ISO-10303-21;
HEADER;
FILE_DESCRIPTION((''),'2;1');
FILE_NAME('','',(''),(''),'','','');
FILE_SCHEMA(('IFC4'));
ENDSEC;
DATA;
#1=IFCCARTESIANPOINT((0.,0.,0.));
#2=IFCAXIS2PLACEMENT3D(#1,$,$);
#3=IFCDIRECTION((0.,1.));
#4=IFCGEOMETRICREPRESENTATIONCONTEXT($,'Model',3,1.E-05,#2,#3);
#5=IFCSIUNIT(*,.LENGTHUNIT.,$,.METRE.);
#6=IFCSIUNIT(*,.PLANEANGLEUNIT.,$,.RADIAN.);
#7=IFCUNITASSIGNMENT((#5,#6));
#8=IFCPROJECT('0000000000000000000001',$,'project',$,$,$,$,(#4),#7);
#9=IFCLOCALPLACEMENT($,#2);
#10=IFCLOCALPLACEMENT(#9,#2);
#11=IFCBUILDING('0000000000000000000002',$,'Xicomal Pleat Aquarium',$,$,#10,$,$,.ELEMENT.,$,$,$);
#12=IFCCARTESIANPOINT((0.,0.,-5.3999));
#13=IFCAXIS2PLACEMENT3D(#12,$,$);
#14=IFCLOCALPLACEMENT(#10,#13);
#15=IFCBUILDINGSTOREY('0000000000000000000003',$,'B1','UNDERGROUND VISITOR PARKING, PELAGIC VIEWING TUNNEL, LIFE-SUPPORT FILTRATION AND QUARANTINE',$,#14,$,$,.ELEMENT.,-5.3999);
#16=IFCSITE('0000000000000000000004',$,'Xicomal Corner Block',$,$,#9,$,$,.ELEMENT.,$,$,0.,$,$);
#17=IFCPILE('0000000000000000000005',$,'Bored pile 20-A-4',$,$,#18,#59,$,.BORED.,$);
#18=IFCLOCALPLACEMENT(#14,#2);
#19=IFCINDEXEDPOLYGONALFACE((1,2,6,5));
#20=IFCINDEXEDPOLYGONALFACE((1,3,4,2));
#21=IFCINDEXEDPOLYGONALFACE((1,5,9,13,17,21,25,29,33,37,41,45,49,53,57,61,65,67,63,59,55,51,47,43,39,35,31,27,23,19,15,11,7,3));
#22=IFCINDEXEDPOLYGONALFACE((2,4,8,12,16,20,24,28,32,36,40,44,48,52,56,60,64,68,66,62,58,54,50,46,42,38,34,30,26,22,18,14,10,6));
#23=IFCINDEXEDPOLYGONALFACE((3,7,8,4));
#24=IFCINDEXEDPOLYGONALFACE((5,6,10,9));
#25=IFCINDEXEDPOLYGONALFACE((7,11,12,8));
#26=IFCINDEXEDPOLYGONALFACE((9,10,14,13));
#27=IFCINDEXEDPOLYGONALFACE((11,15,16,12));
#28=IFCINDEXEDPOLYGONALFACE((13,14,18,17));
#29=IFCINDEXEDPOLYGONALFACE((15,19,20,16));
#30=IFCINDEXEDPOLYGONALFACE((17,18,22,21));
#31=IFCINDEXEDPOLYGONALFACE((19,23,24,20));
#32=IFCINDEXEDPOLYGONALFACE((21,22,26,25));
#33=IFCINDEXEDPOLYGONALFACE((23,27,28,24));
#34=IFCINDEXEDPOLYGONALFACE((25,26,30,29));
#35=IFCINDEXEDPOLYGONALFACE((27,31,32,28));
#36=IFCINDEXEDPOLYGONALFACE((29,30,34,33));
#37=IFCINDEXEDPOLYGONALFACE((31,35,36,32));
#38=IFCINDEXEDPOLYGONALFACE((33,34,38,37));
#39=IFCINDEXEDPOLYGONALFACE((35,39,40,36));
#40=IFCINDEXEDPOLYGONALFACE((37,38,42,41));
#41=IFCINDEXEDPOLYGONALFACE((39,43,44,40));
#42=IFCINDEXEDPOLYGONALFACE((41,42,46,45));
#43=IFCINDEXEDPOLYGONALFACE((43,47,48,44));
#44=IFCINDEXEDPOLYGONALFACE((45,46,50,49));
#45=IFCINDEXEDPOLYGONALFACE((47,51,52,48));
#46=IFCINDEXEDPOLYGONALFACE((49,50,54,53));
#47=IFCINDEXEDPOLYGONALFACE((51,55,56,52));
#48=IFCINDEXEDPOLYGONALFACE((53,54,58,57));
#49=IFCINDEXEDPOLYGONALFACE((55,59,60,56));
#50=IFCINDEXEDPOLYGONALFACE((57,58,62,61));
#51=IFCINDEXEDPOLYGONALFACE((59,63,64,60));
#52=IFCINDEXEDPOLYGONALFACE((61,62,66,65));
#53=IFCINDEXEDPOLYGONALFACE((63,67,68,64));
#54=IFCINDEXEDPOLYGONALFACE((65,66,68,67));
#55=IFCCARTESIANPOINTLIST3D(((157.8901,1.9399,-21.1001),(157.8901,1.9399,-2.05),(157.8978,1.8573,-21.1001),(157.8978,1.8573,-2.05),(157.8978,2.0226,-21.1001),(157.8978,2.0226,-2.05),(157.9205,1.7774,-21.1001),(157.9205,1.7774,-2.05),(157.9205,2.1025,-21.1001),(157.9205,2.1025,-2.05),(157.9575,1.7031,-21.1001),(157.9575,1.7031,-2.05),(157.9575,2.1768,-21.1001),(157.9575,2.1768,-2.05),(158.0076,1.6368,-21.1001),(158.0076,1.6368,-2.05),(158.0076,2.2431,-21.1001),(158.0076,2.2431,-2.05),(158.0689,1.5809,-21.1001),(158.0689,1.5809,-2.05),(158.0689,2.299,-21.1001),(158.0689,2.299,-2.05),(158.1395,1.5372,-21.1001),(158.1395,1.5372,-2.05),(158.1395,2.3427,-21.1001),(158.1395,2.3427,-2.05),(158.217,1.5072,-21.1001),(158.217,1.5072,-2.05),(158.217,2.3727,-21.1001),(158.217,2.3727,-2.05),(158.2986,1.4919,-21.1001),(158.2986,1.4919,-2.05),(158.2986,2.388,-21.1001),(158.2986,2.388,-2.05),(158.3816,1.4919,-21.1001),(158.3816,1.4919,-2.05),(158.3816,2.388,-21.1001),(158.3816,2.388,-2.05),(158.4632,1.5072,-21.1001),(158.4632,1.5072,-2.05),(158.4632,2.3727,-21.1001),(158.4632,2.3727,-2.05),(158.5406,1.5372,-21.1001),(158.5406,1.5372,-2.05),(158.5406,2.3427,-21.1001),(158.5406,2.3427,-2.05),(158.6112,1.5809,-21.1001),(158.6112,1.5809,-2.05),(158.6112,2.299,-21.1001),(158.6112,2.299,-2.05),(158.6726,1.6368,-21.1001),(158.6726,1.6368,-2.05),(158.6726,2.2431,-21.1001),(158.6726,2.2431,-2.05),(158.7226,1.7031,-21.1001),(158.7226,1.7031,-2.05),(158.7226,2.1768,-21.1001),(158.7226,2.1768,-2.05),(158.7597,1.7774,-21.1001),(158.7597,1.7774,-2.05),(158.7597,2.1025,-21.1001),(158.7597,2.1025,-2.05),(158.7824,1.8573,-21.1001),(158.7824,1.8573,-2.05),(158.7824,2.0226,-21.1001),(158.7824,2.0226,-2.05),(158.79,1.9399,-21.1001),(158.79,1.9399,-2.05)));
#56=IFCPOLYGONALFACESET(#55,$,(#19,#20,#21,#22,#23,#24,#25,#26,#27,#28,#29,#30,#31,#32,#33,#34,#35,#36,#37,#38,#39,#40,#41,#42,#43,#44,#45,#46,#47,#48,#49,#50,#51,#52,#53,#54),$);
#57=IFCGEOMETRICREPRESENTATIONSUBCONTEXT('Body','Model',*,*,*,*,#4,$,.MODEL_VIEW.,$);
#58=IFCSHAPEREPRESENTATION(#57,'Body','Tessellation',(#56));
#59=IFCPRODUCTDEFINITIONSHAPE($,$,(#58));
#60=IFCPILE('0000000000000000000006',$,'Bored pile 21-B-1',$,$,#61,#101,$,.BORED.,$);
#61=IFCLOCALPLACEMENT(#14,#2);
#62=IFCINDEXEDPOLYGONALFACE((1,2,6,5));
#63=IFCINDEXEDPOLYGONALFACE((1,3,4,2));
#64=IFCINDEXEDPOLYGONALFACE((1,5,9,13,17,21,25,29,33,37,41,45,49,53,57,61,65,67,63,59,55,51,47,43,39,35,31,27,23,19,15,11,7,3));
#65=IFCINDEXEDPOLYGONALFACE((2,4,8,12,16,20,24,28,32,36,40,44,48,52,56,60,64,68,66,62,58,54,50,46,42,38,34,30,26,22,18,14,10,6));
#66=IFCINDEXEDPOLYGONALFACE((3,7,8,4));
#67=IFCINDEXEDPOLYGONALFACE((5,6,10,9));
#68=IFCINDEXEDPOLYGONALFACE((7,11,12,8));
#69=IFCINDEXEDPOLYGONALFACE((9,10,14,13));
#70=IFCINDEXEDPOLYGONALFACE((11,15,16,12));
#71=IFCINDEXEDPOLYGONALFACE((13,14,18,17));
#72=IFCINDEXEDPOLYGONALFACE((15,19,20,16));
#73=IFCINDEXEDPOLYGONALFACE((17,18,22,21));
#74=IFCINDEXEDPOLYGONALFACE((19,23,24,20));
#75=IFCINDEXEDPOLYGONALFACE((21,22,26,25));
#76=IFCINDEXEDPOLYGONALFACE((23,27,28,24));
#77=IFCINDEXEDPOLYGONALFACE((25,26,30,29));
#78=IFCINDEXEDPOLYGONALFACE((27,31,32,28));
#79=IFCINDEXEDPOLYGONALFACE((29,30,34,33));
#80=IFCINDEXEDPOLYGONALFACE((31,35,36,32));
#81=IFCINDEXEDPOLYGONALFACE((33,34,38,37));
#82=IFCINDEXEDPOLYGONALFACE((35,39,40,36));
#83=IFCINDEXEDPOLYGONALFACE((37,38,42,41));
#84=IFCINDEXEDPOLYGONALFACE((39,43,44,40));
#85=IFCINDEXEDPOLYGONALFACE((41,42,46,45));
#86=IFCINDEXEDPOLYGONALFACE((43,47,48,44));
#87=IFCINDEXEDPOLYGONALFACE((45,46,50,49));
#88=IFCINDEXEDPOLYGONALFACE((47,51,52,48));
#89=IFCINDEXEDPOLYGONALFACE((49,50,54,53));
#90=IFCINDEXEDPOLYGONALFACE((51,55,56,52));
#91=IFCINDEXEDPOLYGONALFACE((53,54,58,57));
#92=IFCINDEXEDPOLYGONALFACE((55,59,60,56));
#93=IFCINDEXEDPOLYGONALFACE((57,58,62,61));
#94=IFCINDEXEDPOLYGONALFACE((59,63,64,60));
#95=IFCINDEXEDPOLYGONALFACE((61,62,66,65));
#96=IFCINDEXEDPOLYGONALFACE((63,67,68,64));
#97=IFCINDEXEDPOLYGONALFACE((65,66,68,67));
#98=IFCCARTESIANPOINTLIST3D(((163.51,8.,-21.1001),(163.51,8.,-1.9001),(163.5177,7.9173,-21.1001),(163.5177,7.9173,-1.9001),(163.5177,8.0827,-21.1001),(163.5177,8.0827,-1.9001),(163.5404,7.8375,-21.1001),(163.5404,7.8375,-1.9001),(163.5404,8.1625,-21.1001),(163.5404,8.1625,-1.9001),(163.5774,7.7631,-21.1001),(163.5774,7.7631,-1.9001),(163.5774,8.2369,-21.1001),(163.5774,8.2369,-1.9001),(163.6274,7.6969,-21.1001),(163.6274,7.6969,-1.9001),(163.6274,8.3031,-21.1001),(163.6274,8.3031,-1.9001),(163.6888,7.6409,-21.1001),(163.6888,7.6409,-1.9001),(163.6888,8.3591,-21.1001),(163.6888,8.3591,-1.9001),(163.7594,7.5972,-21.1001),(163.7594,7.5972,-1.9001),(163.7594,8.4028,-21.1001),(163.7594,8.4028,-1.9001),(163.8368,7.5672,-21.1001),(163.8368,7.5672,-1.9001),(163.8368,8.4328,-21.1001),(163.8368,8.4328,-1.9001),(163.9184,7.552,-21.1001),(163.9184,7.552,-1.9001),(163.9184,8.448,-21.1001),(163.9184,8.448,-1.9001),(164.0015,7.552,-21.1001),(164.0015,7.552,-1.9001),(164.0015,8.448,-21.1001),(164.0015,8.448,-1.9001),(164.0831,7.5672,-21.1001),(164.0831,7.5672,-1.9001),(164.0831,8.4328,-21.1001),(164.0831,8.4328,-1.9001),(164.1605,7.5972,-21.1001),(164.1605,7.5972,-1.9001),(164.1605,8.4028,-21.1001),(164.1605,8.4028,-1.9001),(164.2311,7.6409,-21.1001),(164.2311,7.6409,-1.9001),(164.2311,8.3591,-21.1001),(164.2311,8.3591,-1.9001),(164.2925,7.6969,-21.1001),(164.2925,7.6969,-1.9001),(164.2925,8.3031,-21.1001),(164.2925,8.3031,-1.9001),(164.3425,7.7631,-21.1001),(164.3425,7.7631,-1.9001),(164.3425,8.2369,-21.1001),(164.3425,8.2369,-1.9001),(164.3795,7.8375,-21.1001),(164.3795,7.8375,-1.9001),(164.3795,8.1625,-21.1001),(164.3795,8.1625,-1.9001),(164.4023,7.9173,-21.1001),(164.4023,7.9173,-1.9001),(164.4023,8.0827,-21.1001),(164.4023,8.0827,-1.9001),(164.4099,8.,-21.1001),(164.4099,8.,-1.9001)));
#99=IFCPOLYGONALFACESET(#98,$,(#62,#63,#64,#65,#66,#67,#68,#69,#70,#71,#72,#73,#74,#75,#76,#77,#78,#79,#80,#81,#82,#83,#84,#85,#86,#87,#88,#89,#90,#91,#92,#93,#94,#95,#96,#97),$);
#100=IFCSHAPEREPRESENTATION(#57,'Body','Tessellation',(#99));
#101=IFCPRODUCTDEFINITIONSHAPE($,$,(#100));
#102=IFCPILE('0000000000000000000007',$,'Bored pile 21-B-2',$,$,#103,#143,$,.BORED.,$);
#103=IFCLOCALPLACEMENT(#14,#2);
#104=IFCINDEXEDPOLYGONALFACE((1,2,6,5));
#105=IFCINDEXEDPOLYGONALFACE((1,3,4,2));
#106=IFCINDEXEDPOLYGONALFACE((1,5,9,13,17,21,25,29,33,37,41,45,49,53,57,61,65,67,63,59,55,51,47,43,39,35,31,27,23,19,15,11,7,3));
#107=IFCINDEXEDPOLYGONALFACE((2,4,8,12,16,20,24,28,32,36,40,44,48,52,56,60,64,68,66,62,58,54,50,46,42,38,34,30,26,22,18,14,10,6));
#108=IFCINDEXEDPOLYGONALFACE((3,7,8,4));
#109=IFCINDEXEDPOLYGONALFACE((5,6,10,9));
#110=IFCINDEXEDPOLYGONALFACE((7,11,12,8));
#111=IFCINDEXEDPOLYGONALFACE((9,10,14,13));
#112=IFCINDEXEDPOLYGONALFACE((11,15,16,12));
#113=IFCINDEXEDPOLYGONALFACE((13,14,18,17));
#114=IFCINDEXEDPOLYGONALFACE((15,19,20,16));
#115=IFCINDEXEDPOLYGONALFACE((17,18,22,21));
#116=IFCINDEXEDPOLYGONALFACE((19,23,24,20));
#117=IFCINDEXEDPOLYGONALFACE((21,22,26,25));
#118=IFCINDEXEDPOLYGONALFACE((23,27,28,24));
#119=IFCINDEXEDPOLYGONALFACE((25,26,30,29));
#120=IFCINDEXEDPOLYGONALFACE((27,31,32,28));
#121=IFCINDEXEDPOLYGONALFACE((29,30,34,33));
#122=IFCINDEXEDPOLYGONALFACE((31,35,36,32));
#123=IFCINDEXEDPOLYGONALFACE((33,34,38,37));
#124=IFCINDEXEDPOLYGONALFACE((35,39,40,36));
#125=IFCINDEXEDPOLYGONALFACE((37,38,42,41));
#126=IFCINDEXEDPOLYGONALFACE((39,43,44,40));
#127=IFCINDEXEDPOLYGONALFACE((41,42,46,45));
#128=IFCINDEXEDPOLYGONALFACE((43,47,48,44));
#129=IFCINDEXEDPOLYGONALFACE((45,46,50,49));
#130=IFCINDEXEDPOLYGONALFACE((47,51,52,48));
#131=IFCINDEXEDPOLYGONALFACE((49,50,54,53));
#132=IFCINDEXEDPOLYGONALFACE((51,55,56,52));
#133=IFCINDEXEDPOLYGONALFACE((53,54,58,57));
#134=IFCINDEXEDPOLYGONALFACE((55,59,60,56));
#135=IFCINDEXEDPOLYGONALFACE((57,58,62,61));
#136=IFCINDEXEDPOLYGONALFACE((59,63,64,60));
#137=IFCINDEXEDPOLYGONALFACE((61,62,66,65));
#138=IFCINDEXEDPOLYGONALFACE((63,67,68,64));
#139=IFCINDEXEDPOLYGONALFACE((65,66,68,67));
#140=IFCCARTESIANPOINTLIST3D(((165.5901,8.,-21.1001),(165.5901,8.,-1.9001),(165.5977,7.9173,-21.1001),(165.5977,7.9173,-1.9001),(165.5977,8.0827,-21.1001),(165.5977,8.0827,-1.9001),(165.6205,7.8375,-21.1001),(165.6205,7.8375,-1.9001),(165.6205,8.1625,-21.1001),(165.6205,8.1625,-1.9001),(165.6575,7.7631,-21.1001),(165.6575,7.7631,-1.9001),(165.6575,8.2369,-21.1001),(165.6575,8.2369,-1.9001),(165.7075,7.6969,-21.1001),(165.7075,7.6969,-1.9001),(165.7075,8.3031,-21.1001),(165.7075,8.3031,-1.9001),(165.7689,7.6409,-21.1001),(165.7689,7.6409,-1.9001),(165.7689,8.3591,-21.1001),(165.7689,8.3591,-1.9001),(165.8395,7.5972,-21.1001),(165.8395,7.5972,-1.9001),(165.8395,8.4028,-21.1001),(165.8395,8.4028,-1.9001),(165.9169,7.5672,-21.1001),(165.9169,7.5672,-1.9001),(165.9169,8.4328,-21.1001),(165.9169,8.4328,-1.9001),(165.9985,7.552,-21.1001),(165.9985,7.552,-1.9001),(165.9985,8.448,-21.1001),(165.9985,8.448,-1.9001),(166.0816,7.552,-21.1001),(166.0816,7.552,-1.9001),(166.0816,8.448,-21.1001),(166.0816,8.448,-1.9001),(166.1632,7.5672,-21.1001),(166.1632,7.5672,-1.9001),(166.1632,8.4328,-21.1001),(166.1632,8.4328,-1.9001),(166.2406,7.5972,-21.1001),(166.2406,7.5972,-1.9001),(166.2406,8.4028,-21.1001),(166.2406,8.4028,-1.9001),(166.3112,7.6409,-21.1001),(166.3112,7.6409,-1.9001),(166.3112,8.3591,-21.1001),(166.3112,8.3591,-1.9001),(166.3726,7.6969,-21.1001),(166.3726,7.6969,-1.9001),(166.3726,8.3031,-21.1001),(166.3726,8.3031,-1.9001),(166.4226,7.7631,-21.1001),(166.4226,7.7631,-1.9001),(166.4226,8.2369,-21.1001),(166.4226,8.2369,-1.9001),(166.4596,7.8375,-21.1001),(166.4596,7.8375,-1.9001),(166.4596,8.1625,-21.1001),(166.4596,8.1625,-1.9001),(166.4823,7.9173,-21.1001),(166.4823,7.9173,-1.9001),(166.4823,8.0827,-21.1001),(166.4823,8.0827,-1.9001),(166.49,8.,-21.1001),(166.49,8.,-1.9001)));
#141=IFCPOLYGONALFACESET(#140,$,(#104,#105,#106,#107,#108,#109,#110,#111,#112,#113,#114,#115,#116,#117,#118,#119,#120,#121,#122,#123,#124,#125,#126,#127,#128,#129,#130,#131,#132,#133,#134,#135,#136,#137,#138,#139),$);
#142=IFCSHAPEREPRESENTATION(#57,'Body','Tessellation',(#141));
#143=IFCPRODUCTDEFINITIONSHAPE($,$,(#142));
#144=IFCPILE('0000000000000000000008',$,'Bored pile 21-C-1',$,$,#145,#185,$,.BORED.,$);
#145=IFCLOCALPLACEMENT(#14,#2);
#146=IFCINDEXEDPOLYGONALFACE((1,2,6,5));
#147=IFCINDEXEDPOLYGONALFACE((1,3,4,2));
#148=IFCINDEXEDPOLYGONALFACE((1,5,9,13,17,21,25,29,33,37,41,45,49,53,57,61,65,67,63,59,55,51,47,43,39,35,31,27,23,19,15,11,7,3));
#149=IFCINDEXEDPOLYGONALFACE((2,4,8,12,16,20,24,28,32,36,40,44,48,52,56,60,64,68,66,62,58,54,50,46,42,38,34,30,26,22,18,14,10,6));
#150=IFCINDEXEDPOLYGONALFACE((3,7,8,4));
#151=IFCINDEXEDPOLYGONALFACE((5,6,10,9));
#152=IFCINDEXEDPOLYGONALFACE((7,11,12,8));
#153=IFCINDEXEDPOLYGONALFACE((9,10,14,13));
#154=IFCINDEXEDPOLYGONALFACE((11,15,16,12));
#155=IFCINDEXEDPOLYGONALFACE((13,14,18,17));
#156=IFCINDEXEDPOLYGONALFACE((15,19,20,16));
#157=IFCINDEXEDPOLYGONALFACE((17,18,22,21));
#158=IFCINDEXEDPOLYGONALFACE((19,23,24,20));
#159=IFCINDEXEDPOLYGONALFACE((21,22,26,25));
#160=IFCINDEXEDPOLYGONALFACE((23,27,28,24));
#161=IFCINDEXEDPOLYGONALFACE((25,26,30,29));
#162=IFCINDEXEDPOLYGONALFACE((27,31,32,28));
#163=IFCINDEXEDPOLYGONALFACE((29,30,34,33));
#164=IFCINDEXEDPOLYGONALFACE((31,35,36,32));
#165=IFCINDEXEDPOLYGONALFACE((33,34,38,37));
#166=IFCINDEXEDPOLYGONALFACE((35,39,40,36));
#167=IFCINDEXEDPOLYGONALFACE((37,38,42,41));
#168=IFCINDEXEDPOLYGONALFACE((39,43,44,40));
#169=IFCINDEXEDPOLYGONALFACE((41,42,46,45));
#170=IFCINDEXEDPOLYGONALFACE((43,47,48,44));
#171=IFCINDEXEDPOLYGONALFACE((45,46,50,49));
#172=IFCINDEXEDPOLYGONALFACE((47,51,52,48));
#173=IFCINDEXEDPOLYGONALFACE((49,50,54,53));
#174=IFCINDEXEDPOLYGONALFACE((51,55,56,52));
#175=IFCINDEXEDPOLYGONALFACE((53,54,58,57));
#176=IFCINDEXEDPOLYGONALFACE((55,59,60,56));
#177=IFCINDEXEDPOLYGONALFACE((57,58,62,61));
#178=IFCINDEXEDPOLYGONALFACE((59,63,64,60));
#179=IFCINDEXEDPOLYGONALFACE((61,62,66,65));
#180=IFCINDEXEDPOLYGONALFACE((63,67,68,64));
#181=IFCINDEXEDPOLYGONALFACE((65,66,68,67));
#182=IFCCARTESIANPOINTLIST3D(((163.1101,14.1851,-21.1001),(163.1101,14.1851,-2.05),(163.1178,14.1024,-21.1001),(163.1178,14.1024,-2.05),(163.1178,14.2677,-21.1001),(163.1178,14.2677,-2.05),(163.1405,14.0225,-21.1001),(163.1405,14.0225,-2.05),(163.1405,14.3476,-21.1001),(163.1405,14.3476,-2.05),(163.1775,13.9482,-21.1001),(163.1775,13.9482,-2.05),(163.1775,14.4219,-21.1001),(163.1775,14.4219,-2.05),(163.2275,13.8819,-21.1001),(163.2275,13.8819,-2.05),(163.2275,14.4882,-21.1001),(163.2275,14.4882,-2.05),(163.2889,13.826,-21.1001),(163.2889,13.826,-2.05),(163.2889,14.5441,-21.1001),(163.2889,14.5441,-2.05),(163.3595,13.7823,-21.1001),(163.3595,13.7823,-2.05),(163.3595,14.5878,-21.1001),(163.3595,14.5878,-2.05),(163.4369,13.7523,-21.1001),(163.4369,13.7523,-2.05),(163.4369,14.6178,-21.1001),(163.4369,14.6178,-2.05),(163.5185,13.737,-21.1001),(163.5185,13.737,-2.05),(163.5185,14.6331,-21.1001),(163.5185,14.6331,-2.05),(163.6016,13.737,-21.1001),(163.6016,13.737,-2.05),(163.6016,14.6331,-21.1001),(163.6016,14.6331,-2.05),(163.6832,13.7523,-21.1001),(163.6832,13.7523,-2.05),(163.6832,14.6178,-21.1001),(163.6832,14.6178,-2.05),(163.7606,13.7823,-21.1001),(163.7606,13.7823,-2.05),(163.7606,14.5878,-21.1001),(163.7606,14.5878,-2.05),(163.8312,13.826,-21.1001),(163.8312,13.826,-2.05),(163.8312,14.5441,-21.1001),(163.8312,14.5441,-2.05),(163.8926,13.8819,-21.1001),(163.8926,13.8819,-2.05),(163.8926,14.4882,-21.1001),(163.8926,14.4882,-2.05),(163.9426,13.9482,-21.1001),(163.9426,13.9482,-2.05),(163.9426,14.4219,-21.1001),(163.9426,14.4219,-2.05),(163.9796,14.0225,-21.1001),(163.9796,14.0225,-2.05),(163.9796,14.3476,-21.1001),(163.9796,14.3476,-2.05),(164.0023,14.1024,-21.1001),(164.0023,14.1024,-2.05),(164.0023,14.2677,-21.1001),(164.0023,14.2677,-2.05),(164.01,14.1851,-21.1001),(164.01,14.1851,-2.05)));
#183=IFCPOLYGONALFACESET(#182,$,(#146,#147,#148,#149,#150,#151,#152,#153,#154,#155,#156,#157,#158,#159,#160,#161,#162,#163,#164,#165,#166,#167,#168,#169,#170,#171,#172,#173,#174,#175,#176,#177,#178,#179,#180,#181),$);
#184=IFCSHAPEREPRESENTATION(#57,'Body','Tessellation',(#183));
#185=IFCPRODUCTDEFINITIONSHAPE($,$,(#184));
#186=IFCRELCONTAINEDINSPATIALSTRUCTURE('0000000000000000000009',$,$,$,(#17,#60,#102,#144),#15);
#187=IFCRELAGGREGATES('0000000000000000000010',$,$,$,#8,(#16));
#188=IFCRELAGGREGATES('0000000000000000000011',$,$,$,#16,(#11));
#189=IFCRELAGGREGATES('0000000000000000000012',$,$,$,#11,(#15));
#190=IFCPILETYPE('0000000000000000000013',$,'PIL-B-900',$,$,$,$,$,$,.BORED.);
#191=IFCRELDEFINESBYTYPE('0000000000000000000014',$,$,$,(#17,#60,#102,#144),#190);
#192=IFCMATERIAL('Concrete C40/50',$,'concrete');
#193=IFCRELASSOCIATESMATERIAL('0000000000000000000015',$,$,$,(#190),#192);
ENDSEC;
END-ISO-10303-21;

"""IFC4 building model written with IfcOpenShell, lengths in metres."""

from ifc_helpers import new_model, si_unit, direction, frame, origin, origin_2d, place, context, subcontext, project, spatial, circle, extrude, material, material_profile, profile_set, type_object, element, save


model = new_model("IFC4")

# Units and contexts
model_context = context("Model", 3, precision=1e-05, world=origin(), true_north=direction((0.0, 1.0)))
body_context = subcontext(model_context, "Body", "Model", "MODEL_VIEW")
ifc_project = project(units=[si_unit("LENGTHUNIT", "METRE"), si_unit("PLANEANGLEUNIT", "RADIAN")], contexts=[model_context])

# Site, building, storey
site_placement = place(None, origin())
site = spatial("IfcSite", under=ifc_project, at=site_placement, Name="Xicomal Corner Block", CompositionType="ELEMENT", RefElevation=0.0)
building_placement = place(site_placement, origin())
building = spatial("IfcBuilding", under=site, at=building_placement, Name="Xicomal Pleat Aquarium", CompositionType="ELEMENT")
storey_placement = place(building_placement, frame((0.0, 0.0, -5.3999)))
storey = spatial("IfcBuildingStorey", under=building, at=storey_placement, Name="B1", Description="UNDERGROUND VISITOR PARKING, PELAGIC VIEWING TUNNEL, LIFE-SUPPORT FILTRATION AND QUARANTINE", CompositionType="ELEMENT", Elevation=-5.3999)

# Piles
ifc_material_1 = material(Name="Concrete C40/50", Category="concrete")
ifc_material_profile_1 = material_profile(ifc_material_1, circle(Radius=0.45, at=origin_2d()), Name="BORED PILE D900")
ifc_profile_set_1 = profile_set([ifc_material_profile_1], Name="Concrete C40/50")
pile_type_1 = type_object("IfcPileType", Name="PIL-B-900", PredefinedType="BORED", material=ifc_profile_set_1)
for number, where, z_axis, x_axis, name in (
    (1, (158.3401, 1.9399, -2.05), (0.0, 0.0, -1.0), (1.0, 0.0, 0.0), "Bored pile 20-A-4"),
):
    element("IfcPile", number, at=place(storey_placement, frame(where, z_axis=z_axis, x_axis=x_axis)), inside=storey, type_object=pile_type_1, Name=name, PredefinedType="BORED", context=body_context, shape_type="SweptSolid", body=[
        extrude(circle(Radius=0.45, at=origin_2d()), origin(), (0.0, 0.0, 1.0), 19.05),
    ])
for number, where, z_axis, x_axis, name in (
    (2, (163.96, 8.0, -1.9001), (0.0, 0.0, -1.0), (1.0, 0.0, 0.0), "Bored pile 21-B-1"),
    (3, (166.04, 8.0, -1.9001), (0.0, 0.0, -1.0), (1.0, 0.0, 0.0), "Bored pile 21-B-2"),
):
    element("IfcPile", number, at=place(storey_placement, frame(where, z_axis=z_axis, x_axis=x_axis)), inside=storey, type_object=pile_type_1, Name=name, PredefinedType="BORED", context=body_context, shape_type="SweptSolid", body=[
        extrude(circle(Radius=0.45, at=origin_2d()), origin(), (0.0, 0.0, 1.0), 19.2),
    ])
for number, where, z_axis, x_axis, name in (
    (4, (163.5601, 14.1851, -2.05), (0.0, 0.0, -1.0), (1.0, 0.0, 0.0), "Bored pile 21-C-1"),
):
    element("IfcPile", number, at=place(storey_placement, frame(where, z_axis=z_axis, x_axis=x_axis)), inside=storey, type_object=pile_type_1, Name=name, PredefinedType="BORED", context=body_context, shape_type="SweptSolid", body=[
        extrude(circle(Radius=0.45, at=origin_2d()), origin(), (0.0, 0.0, 1.0), 19.05),
    ])

save(model, "model.ifc")
